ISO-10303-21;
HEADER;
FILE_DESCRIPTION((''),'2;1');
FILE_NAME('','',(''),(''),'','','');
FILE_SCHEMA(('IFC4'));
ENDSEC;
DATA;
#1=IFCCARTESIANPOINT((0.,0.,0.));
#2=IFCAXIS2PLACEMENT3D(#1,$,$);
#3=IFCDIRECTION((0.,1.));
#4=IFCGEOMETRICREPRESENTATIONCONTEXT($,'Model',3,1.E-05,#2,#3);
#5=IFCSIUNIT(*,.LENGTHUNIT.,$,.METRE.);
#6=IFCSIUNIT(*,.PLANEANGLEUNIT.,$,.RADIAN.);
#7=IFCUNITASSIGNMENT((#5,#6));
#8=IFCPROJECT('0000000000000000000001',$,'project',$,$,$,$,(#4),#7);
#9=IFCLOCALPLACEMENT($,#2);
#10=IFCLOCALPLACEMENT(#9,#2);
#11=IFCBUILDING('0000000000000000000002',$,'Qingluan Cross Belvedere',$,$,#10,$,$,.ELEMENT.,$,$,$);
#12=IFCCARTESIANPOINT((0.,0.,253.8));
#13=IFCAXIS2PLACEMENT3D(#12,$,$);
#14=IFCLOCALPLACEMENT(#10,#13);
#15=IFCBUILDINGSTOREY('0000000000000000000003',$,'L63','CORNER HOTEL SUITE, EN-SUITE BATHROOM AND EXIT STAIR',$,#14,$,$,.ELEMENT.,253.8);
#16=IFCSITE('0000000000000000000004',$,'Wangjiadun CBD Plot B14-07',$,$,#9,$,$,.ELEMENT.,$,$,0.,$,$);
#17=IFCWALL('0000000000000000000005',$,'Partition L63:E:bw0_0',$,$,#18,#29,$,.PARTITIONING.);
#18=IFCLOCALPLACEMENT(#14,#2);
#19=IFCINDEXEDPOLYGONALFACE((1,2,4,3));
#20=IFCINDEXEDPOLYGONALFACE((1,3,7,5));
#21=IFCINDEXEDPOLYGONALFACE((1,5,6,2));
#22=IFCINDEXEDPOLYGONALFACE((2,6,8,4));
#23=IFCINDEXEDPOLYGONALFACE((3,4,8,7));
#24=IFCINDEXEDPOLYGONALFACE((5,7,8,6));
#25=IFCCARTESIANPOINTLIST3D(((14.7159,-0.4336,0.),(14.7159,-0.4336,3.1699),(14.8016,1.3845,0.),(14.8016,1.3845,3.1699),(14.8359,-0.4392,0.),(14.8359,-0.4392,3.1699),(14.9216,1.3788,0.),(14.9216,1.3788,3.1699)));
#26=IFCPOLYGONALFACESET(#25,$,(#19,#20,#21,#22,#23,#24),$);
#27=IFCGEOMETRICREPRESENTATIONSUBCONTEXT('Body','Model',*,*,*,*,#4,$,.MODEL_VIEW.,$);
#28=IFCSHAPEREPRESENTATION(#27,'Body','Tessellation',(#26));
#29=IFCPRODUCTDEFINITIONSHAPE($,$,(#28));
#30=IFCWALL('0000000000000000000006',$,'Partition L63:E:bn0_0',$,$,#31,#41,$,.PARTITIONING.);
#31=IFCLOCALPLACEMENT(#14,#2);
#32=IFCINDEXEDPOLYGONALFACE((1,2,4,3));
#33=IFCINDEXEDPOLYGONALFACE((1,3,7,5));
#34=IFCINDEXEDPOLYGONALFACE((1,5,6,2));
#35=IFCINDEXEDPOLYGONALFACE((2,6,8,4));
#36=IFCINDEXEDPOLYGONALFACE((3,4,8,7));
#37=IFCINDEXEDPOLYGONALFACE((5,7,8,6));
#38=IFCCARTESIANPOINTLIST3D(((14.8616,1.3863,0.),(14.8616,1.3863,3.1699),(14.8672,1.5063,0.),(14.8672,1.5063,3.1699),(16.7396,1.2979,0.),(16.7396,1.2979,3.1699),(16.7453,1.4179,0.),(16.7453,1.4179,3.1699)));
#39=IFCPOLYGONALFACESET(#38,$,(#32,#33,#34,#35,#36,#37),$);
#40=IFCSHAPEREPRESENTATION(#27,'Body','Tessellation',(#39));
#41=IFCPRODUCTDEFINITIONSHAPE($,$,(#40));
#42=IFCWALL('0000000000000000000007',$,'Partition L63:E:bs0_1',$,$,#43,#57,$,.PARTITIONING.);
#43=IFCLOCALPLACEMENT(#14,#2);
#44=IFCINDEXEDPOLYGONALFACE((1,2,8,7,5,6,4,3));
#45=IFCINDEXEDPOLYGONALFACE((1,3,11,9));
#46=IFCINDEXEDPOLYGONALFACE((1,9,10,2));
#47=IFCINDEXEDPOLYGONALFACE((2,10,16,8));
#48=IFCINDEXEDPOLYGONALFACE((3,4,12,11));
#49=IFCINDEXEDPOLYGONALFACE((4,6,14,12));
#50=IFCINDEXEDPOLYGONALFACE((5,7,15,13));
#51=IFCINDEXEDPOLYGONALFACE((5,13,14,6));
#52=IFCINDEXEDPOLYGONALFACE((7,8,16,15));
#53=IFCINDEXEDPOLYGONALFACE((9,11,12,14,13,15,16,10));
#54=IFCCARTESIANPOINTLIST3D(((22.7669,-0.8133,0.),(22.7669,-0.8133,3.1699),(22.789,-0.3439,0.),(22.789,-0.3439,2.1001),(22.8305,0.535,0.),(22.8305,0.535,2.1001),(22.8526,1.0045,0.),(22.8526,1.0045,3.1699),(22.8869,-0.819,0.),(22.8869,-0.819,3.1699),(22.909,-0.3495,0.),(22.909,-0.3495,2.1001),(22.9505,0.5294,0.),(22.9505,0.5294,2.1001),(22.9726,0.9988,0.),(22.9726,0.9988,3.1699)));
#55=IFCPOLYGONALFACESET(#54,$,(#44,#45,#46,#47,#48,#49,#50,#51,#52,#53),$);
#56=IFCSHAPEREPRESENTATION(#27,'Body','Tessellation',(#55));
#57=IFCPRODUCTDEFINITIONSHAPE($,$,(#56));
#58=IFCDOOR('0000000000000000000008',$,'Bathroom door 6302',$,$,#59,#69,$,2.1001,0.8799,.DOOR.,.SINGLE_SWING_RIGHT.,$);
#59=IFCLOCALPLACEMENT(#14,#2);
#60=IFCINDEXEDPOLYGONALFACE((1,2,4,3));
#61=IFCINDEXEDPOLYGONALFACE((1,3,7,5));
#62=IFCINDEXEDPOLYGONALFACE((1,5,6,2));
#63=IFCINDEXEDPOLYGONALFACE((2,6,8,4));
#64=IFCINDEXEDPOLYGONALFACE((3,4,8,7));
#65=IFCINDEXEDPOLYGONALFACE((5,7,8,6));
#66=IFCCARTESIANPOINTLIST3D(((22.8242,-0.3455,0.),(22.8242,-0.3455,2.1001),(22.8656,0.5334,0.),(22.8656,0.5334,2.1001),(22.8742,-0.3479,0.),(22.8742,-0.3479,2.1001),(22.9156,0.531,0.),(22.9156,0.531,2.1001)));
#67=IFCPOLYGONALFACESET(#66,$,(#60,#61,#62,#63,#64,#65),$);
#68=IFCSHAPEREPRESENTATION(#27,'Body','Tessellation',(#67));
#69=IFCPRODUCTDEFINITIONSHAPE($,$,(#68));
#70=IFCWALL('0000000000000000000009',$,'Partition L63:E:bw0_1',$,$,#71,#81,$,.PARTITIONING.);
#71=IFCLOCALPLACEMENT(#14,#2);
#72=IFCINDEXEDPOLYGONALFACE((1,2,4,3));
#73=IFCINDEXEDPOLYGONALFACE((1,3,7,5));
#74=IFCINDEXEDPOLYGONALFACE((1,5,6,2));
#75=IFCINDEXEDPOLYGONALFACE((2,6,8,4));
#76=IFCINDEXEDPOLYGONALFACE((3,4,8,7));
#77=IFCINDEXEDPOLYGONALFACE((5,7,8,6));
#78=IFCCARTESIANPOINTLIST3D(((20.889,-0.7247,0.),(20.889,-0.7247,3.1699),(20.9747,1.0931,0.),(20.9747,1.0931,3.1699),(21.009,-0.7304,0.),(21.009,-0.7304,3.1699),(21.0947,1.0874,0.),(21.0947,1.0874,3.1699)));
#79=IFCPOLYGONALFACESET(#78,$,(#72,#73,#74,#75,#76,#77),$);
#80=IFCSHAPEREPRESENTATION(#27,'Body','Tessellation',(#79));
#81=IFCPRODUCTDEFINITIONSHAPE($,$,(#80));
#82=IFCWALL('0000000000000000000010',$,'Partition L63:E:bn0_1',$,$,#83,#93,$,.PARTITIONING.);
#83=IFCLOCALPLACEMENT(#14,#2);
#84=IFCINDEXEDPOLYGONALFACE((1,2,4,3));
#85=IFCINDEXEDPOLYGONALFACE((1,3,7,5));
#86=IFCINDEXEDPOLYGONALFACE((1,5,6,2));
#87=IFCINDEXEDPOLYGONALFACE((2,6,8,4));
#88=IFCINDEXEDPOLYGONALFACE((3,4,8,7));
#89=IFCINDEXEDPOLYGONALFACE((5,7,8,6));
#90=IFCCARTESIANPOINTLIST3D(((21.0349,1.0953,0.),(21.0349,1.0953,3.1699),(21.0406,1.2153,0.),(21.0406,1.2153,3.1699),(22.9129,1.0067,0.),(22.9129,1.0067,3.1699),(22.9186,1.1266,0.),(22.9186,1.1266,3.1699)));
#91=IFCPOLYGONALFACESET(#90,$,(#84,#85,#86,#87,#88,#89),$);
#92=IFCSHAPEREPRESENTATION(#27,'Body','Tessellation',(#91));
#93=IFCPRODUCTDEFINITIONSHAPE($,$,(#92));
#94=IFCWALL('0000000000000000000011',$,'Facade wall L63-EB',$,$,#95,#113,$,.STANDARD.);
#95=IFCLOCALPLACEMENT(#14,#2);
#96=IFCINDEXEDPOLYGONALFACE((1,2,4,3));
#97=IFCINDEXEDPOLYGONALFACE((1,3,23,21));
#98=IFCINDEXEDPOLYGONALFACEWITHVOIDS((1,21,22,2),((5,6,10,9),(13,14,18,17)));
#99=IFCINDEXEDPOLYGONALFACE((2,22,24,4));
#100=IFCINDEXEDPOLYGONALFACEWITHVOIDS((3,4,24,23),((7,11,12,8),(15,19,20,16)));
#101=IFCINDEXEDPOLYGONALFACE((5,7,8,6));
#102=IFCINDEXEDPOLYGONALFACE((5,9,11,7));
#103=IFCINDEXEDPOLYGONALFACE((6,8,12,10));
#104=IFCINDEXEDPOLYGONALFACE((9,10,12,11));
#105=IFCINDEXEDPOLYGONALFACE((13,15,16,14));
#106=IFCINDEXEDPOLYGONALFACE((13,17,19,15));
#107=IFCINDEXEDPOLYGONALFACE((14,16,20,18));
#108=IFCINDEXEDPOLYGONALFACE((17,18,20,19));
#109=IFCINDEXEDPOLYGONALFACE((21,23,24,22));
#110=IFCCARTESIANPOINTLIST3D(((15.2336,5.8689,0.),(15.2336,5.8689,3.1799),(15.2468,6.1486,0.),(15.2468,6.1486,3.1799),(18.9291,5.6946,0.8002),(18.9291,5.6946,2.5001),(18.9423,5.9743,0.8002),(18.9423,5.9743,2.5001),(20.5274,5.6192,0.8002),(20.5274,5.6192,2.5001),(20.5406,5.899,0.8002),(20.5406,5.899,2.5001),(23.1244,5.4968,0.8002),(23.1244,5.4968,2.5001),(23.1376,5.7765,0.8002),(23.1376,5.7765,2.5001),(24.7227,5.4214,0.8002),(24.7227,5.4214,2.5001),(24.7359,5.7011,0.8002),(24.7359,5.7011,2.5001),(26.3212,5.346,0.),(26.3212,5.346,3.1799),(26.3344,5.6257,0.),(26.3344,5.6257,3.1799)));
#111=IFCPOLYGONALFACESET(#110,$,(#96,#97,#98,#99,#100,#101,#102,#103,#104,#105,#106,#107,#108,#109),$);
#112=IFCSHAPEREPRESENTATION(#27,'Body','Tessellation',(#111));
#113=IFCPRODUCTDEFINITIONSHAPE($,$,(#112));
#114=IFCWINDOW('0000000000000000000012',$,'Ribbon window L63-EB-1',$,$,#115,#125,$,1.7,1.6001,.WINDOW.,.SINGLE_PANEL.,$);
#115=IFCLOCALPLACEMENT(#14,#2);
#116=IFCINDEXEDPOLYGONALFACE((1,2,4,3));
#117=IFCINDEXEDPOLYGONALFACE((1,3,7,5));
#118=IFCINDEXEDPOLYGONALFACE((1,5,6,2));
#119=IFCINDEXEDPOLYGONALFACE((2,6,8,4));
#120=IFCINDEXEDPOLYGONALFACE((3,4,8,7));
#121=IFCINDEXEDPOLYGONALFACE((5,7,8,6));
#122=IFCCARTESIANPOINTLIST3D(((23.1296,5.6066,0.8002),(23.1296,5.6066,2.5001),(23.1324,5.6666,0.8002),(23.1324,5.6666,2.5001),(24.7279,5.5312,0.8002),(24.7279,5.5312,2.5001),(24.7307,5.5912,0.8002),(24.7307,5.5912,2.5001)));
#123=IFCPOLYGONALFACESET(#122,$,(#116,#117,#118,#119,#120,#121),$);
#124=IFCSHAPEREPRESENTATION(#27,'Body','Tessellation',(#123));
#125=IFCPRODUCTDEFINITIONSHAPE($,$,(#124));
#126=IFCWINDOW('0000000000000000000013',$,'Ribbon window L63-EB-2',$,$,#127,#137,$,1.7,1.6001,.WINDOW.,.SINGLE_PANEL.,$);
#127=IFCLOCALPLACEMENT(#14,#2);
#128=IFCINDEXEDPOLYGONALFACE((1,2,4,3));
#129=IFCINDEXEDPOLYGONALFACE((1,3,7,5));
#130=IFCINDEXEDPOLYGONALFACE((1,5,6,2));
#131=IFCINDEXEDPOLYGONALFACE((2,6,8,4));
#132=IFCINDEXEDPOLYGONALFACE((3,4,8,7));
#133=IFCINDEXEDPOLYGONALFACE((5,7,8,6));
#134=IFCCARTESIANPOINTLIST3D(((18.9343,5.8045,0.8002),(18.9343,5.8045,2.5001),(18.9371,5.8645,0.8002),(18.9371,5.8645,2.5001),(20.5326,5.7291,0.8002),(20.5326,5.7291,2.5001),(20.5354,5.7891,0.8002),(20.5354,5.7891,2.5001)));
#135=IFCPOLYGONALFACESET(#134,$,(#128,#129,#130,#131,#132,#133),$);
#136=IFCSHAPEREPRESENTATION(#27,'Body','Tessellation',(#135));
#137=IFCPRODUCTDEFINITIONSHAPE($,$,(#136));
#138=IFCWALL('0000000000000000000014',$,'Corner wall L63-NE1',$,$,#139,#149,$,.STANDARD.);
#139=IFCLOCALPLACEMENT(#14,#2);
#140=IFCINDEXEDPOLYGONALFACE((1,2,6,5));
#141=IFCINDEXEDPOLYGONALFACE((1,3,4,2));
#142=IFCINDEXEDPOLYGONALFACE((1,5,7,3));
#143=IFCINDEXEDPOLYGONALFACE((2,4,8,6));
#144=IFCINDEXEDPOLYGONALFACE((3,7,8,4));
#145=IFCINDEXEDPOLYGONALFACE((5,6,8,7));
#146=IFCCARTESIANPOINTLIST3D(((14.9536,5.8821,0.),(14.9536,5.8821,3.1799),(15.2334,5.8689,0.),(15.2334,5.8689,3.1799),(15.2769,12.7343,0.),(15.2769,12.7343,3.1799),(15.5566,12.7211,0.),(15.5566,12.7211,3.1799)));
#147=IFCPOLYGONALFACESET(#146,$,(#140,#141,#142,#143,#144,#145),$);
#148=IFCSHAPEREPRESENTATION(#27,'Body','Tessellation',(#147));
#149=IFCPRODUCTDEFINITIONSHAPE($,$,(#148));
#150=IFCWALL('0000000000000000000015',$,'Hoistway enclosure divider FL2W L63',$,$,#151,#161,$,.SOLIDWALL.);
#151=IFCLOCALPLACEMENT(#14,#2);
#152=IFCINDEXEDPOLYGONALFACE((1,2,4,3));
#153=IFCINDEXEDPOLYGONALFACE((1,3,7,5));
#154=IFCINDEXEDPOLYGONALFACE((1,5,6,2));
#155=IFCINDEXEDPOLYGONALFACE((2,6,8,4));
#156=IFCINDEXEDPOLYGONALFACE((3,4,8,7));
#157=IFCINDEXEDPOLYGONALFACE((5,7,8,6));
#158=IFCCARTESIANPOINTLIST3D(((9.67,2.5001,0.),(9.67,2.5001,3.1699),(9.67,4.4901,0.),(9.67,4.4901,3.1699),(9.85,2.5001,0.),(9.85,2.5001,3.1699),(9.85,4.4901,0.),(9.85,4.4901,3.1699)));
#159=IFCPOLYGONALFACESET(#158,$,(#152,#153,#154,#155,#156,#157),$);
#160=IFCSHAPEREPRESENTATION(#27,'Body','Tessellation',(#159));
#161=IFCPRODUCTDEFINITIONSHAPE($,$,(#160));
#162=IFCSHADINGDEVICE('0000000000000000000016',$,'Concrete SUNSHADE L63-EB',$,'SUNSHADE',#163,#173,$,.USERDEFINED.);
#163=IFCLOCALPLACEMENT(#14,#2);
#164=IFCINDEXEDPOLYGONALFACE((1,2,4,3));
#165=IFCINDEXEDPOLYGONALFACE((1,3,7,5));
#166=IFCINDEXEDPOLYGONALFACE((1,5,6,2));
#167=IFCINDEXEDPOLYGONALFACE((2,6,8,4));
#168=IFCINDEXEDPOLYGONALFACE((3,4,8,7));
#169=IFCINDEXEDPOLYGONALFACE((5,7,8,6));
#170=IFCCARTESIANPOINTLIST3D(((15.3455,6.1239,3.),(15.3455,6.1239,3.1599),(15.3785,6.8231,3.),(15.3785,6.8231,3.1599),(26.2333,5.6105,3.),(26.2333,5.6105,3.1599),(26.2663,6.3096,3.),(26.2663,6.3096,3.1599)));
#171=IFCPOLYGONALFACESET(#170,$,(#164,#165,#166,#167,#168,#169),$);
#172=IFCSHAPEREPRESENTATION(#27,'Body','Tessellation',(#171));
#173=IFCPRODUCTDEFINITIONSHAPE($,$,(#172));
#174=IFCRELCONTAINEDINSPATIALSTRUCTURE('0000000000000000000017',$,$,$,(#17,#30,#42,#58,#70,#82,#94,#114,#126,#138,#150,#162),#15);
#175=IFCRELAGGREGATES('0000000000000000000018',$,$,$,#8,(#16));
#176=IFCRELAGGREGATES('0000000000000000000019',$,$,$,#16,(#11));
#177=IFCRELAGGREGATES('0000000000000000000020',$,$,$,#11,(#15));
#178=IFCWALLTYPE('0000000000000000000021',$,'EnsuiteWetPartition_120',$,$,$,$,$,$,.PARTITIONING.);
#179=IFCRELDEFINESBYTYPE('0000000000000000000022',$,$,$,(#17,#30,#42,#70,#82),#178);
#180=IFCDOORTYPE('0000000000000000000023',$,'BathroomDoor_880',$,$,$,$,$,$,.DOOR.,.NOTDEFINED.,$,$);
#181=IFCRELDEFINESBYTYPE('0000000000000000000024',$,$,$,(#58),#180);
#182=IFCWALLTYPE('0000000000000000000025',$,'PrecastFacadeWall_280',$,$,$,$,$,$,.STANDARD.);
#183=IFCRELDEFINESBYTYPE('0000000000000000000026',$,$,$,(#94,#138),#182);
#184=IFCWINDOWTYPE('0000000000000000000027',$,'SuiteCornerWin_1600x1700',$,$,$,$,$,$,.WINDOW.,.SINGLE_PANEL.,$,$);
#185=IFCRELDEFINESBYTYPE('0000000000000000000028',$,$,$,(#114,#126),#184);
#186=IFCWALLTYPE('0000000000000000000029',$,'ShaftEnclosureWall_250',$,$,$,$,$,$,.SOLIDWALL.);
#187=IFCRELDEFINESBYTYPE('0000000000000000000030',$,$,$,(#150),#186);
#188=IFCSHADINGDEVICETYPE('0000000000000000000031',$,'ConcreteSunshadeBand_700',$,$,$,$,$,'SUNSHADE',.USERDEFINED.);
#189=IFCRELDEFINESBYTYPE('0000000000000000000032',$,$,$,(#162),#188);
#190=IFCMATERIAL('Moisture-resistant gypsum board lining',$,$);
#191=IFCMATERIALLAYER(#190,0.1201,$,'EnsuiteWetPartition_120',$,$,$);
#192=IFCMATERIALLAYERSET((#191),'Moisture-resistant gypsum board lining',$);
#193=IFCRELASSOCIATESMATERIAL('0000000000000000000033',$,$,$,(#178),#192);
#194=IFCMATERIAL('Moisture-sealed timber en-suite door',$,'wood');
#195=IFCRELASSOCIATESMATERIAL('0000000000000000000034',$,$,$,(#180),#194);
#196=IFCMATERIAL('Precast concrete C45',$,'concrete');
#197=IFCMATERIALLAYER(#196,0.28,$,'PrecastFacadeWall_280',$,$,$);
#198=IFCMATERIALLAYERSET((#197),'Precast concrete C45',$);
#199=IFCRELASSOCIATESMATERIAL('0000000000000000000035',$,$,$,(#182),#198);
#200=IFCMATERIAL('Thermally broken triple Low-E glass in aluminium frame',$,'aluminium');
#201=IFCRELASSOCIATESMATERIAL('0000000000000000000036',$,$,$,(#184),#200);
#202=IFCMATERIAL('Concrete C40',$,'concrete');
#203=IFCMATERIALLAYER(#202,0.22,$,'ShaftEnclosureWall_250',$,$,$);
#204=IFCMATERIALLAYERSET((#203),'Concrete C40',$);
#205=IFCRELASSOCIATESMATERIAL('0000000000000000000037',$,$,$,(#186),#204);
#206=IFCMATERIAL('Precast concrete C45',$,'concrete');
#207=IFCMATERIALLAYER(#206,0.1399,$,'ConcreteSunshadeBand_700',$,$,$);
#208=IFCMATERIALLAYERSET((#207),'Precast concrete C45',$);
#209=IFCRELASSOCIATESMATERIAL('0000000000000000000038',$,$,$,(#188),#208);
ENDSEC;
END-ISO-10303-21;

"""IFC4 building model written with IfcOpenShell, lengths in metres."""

from ifc_helpers import new_model, si_unit, direction, frame, frame_2d, origin, origin_2d, place, context, subcontext, project, spatial, rectangle, extrude, material, layer, layer_set, type_object, element, fill, save


model = new_model("IFC4")

# Units and contexts
model_context = context("Model", 3, precision=1e-05, world=origin(), true_north=direction((0.0, 1.0)))
body_context = subcontext(model_context, "Body", "Model", "MODEL_VIEW")
ifc_project = project(units=[si_unit("LENGTHUNIT", "METRE"), si_unit("PLANEANGLEUNIT", "RADIAN")], contexts=[model_context])

# Site, building, storey
site_placement = place(None, origin())
site = spatial("IfcSite", under=ifc_project, at=site_placement, Name="Wangjiadun CBD Plot B14-07", CompositionType="ELEMENT", RefElevation=0.0)
building_placement = place(site_placement, origin())
building = spatial("IfcBuilding", under=site, at=building_placement, Name="Qingluan Cross Belvedere", CompositionType="ELEMENT")
storey_placement = place(building_placement, frame((0.0, 0.0, 253.8)))
storey = spatial("IfcBuildingStorey", under=building, at=storey_placement, Name="L63", Description="CORNER HOTEL SUITE, EN-SUITE BATHROOM AND EXIT STAIR", CompositionType="ELEMENT", Elevation=253.8)

# Shared definitions
ifc_material_1 = material(Name="Moisture-resistant gypsum board lining")
ifc_layer_1 = layer(ifc_material_1, 0.1201, Name="EnsuiteWetPartition_120")
ifc_layer_set_1 = layer_set([ifc_layer_1], Name="Moisture-resistant gypsum board lining")
wall_type_1 = type_object("IfcWallType", Name="EnsuiteWetPartition_120", PredefinedType="PARTITIONING", material=ifc_layer_set_1)
ifc_material_2 = material(Name="Moisture-sealed timber en-suite door", Category="wood")
door_type_1 = type_object("IfcDoorType", Name="BathroomDoor_880", OperationType="NOTDEFINED", PredefinedType="DOOR", material=ifc_material_2)

# Walls
wall_1_placement = place(storey_placement, frame((14.7759, -0.4365, 0.0), z_axis=(0.0, 0.0, 1.0), x_axis=(0.047081, 0.998891, 0.0)))
element("IfcWall", 1, at=wall_1_placement, inside=storey, type_object=wall_type_1, Name="Partition L63:E:bw0_0", PredefinedType="PARTITIONING", context=body_context, shape_type="SweptSolid", body=[
    extrude(rectangle(XDim=1.8201, YDim=0.1201, at=frame_2d((0.9102, 0.0))), origin(), (0.0, 0.0, 1.0), 3.1699),
])
wall_2_placement = place(storey_placement, frame((14.8645, 1.4463, 0.0), z_axis=(0.0, 0.0, 1.0), x_axis=(0.998894, -0.04701, 0.0)))
element("IfcWall", 2, at=wall_2_placement, inside=storey, type_object=wall_type_1, Name="Partition L63:E:bn0_0", PredefinedType="PARTITIONING", context=body_context, shape_type="SweptSolid", body=[
    extrude(rectangle(XDim=1.8801, YDim=0.1201, at=frame_2d((0.9399, 0.0))), origin(), (0.0, 0.0, 1.0), 3.1699),
])

# Wall, opening, door
wall_3_placement = place(storey_placement, frame((22.8269, -0.8162, 0.0), z_axis=(0.0, 0.0, 1.0), x_axis=(0.047087, 0.998891, 0.0)))
wall_3 = element("IfcWall", 3, at=wall_3_placement, inside=storey, type_object=wall_type_1, Name="Partition L63:E:bs0_1", PredefinedType="PARTITIONING", context=body_context, shape_type="SweptSolid", body=[
    extrude(rectangle(XDim=1.8198, YDim=0.1201, at=frame_2d((0.9099, 0.0))), origin(), (0.0, 0.0, 1.0), 3.1699),
])
opening_1_placement = place(wall_3_placement, frame((0.47, 0.0, 0.0)))
opening_1 = element("IfcOpeningElement", 4, at=opening_1_placement, cuts=wall_3, PredefinedType="OPENING", context=body_context, shape_type="SweptSolid", body=[
    extrude(rectangle(XDim=0.8799, YDim=2.1001, at=frame_2d((0.4399, 1.05))), frame((0.0, 0.0701, 0.0), z_axis=(0.0, -1.0, 0.0), x_axis=(1.0, 0.0, 0.0)), (0.0, 0.0, 1.0), 0.1401),
])
door_1_placement = place(opening_1_placement, origin())
door_1 = element("IfcDoor", 5, at=door_1_placement, inside=storey, type_object=door_type_1, Name="Bathroom door 6302", OperationType="SINGLE_SWING_RIGHT", OverallHeight=2.1001, OverallWidth=0.8799, PredefinedType="DOOR", context=body_context, shape_type="SweptSolid", body=[
    extrude(rectangle(XDim=0.8799, YDim=2.1001, at=frame_2d((0.4399, 1.05))), frame((0.0, 0.0249, 0.0), z_axis=(0.0, -1.0, 0.0), x_axis=(1.0, 0.0, 0.0)), (0.0, 0.0, 1.0), 0.05),
])
fill(opening_1, door_1)

# Walls
wall_4_placement = place(storey_placement, frame((20.949, -0.7275, 0.0), z_axis=(0.0, 0.0, 1.0), x_axis=(0.047087, 0.998891, 0.0)))
element("IfcWall", 6, at=wall_4_placement, inside=storey, type_object=wall_type_1, Name="Partition L63:E:bw0_1", PredefinedType="PARTITIONING", context=body_context, shape_type="SweptSolid", body=[
    extrude(rectangle(XDim=1.8198, YDim=0.1201, at=frame_2d((0.9099, 0.0))), origin(), (0.0, 0.0, 1.0), 3.1699),
])
wall_5_placement = place(storey_placement, frame((21.0378, 1.1553, 0.0), z_axis=(0.0, 0.0, 1.0), x_axis=(0.998888, -0.047139, 0.0)))
element("IfcWall", 7, at=wall_5_placement, inside=storey, type_object=wall_type_1, Name="Partition L63:E:bn0_1", PredefinedType="PARTITIONING", context=body_context, shape_type="SweptSolid", body=[
    extrude(rectangle(XDim=1.8801, YDim=0.1201, at=frame_2d((0.9399, 0.0))), origin(), (0.0, 0.0, 1.0), 3.1699),
])

# Wall, openings, windows
ifc_material_3 = material(Name="Precast concrete C45", Category="concrete")
ifc_layer_2 = layer(ifc_material_3, 0.28, Name="PrecastFacadeWall_280")
ifc_layer_set_2 = layer_set([ifc_layer_2], Name="Precast concrete C45")
wall_type_2 = type_object("IfcWallType", Name="PrecastFacadeWall_280", PredefinedType="STANDARD", material=ifc_layer_set_2)
wall_6_placement = place(storey_placement, frame((26.3276, 5.4858, 0.0), z_axis=(0.0, 0.0, 1.0), x_axis=(-0.99889, 0.047113, 0.0)))
wall_6 = element("IfcWall", 8, at=wall_6_placement, inside=storey, type_object=wall_type_2, Name="Facade wall L63-EB", PredefinedType="STANDARD", context=body_context, shape_type="SweptSolid", body=[
    extrude(rectangle(XDim=11.0999, YDim=0.28, at=frame_2d((5.5498, 0.0))), origin(), (0.0, 0.0, 1.0), 3.1799),
])
opening_2_placement = place(wall_6_placement, frame((1.6001, 0.0, 0.8)))
opening_2 = element("IfcOpeningElement", 9, at=opening_2_placement, cuts=wall_6, PredefinedType="OPENING", context=body_context, shape_type="SweptSolid", body=[
    extrude(rectangle(XDim=1.6001, YDim=1.7, at=frame_2d((0.8, 0.8501))), frame((0.0, 0.1499, 0.0), z_axis=(0.0, -1.0, 0.0), x_axis=(1.0, 0.0, 0.0)), (0.0, 0.0, 1.0), 0.3),
])
opening_3_placement = place(wall_6_placement, frame((5.8, 0.0, 0.8)))
opening_3 = element("IfcOpeningElement", 10, at=opening_3_placement, cuts=wall_6, PredefinedType="OPENING", context=body_context, shape_type="SweptSolid", body=[
    extrude(rectangle(XDim=1.6001, YDim=1.7, at=frame_2d((0.8, 0.8501))), frame((0.0, 0.1499, 0.0), z_axis=(0.0, -1.0, 0.0), x_axis=(1.0, 0.0, 0.0)), (0.0, 0.0, 1.0), 0.3),
])
ifc_material_4 = material(Name="Thermally broken triple Low-E glass in aluminium frame", Category="aluminium")
window_type = type_object("IfcWindowType", Name="SuiteCornerWin_1600x1700", PartitioningType="SINGLE_PANEL", PredefinedType="WINDOW", material=ifc_material_4)
window_1_placement = place(opening_2_placement, origin())
window_1 = element("IfcWindow", 11, at=window_1_placement, inside=storey, type_object=window_type, Name="Ribbon window L63-EB-1", OverallHeight=1.7, OverallWidth=1.6001, PartitioningType="SINGLE_PANEL", PredefinedType="WINDOW", context=body_context, shape_type="SweptSolid", body=[
    extrude(rectangle(XDim=1.6001, YDim=1.7, at=frame_2d((0.8, 0.8501))), frame((0.0, 0.03, 0.0), z_axis=(0.0, -1.0, 0.0), x_axis=(1.0, 0.0, 0.0)), (0.0, 0.0, 1.0), 0.0601),
])
fill(opening_2, window_1)
window_2_placement = place(opening_3_placement, origin())
window_2 = element("IfcWindow", 12, at=window_2_placement, inside=storey, type_object=window_type, Name="Ribbon window L63-EB-2", OverallHeight=1.7, OverallWidth=1.6001, PartitioningType="SINGLE_PANEL", PredefinedType="WINDOW", context=body_context, shape_type="SweptSolid", body=[
    extrude(rectangle(XDim=1.6001, YDim=1.7, at=frame_2d((0.8, 0.8501))), frame((0.0, 0.03, 0.0), z_axis=(0.0, -1.0, 0.0), x_axis=(1.0, 0.0, 0.0)), (0.0, 0.0, 1.0), 0.0601),
])
fill(opening_3, window_2)

# Walls
wall_7_placement = place(storey_placement, frame((15.0935, 5.8755, 0.0), z_axis=(0.0, 0.0, 1.0), x_axis=(0.04712, 0.998889, 0.0)))
element("IfcWall", 13, at=wall_7_placement, inside=storey, type_object=wall_type_2, Name="Corner wall L63-NE1", PredefinedType="STANDARD", context=body_context, shape_type="SweptSolid", body=[
    extrude(rectangle(XDim=6.8599, YDim=0.28, at=frame_2d((3.4299, 0.0))), origin(), (0.0, 0.0, 1.0), 3.1799),
])
ifc_material_5 = material(Name="Concrete C40", Category="concrete")
ifc_layer_3 = layer(ifc_material_5, 0.22, Name="ShaftEnclosureWall_250")
ifc_layer_set_3 = layer_set([ifc_layer_3], Name="Concrete C40")
wall_type_3 = type_object("IfcWallType", Name="ShaftEnclosureWall_250", PredefinedType="SOLIDWALL", material=ifc_layer_set_3)
wall_8_placement = place(storey_placement, frame((9.76, 2.5, 0.0), z_axis=(0.0, 0.0, 1.0), x_axis=(0.0, 1.0, 0.0)))
element("IfcWall", 14, at=wall_8_placement, inside=storey, type_object=wall_type_3, Name="Hoistway enclosure divider FL2W L63", PredefinedType="SOLIDWALL", context=body_context, shape_type="SweptSolid", body=[
    extrude(rectangle(XDim=1.99, YDim=0.1799, at=frame_2d((0.9951, 0.0))), origin(), (0.0, 0.0, 1.0), 3.1699),
])

# Shading device
ifc_material_6 = material(Name="Precast concrete C45", Category="concrete")
ifc_layer_4 = layer(ifc_material_6, 0.1399, Name="ConcreteSunshadeBand_700")
ifc_layer_set_4 = layer_set([ifc_layer_4], Name="Precast concrete C45")
shading_device_type = type_object("IfcShadingDeviceType", Name="ConcreteSunshadeBand_700", ElementType="SUNSHADE", PredefinedType="USERDEFINED", material=ifc_layer_set_4)
shading_device_placement = place(storey_placement, frame((20.8059, 6.2168, 3.0), z_axis=(0.0, 0.0, 1.0), x_axis=(-0.99889, 0.047108, 0.0)))
element("IfcShadingDevice", 15, at=shading_device_placement, inside=storey, type_object=shading_device_type, Name="Concrete SUNSHADE L63-EB", ObjectType="SUNSHADE", PredefinedType="USERDEFINED", context=body_context, shape_type="SweptSolid", body=[
    extrude(rectangle(XDim=10.8999, YDim=0.7, at=origin_2d()), origin(), (0.0, 0.0, 1.0), 0.1599),
])

save(model, "model.ifc")
